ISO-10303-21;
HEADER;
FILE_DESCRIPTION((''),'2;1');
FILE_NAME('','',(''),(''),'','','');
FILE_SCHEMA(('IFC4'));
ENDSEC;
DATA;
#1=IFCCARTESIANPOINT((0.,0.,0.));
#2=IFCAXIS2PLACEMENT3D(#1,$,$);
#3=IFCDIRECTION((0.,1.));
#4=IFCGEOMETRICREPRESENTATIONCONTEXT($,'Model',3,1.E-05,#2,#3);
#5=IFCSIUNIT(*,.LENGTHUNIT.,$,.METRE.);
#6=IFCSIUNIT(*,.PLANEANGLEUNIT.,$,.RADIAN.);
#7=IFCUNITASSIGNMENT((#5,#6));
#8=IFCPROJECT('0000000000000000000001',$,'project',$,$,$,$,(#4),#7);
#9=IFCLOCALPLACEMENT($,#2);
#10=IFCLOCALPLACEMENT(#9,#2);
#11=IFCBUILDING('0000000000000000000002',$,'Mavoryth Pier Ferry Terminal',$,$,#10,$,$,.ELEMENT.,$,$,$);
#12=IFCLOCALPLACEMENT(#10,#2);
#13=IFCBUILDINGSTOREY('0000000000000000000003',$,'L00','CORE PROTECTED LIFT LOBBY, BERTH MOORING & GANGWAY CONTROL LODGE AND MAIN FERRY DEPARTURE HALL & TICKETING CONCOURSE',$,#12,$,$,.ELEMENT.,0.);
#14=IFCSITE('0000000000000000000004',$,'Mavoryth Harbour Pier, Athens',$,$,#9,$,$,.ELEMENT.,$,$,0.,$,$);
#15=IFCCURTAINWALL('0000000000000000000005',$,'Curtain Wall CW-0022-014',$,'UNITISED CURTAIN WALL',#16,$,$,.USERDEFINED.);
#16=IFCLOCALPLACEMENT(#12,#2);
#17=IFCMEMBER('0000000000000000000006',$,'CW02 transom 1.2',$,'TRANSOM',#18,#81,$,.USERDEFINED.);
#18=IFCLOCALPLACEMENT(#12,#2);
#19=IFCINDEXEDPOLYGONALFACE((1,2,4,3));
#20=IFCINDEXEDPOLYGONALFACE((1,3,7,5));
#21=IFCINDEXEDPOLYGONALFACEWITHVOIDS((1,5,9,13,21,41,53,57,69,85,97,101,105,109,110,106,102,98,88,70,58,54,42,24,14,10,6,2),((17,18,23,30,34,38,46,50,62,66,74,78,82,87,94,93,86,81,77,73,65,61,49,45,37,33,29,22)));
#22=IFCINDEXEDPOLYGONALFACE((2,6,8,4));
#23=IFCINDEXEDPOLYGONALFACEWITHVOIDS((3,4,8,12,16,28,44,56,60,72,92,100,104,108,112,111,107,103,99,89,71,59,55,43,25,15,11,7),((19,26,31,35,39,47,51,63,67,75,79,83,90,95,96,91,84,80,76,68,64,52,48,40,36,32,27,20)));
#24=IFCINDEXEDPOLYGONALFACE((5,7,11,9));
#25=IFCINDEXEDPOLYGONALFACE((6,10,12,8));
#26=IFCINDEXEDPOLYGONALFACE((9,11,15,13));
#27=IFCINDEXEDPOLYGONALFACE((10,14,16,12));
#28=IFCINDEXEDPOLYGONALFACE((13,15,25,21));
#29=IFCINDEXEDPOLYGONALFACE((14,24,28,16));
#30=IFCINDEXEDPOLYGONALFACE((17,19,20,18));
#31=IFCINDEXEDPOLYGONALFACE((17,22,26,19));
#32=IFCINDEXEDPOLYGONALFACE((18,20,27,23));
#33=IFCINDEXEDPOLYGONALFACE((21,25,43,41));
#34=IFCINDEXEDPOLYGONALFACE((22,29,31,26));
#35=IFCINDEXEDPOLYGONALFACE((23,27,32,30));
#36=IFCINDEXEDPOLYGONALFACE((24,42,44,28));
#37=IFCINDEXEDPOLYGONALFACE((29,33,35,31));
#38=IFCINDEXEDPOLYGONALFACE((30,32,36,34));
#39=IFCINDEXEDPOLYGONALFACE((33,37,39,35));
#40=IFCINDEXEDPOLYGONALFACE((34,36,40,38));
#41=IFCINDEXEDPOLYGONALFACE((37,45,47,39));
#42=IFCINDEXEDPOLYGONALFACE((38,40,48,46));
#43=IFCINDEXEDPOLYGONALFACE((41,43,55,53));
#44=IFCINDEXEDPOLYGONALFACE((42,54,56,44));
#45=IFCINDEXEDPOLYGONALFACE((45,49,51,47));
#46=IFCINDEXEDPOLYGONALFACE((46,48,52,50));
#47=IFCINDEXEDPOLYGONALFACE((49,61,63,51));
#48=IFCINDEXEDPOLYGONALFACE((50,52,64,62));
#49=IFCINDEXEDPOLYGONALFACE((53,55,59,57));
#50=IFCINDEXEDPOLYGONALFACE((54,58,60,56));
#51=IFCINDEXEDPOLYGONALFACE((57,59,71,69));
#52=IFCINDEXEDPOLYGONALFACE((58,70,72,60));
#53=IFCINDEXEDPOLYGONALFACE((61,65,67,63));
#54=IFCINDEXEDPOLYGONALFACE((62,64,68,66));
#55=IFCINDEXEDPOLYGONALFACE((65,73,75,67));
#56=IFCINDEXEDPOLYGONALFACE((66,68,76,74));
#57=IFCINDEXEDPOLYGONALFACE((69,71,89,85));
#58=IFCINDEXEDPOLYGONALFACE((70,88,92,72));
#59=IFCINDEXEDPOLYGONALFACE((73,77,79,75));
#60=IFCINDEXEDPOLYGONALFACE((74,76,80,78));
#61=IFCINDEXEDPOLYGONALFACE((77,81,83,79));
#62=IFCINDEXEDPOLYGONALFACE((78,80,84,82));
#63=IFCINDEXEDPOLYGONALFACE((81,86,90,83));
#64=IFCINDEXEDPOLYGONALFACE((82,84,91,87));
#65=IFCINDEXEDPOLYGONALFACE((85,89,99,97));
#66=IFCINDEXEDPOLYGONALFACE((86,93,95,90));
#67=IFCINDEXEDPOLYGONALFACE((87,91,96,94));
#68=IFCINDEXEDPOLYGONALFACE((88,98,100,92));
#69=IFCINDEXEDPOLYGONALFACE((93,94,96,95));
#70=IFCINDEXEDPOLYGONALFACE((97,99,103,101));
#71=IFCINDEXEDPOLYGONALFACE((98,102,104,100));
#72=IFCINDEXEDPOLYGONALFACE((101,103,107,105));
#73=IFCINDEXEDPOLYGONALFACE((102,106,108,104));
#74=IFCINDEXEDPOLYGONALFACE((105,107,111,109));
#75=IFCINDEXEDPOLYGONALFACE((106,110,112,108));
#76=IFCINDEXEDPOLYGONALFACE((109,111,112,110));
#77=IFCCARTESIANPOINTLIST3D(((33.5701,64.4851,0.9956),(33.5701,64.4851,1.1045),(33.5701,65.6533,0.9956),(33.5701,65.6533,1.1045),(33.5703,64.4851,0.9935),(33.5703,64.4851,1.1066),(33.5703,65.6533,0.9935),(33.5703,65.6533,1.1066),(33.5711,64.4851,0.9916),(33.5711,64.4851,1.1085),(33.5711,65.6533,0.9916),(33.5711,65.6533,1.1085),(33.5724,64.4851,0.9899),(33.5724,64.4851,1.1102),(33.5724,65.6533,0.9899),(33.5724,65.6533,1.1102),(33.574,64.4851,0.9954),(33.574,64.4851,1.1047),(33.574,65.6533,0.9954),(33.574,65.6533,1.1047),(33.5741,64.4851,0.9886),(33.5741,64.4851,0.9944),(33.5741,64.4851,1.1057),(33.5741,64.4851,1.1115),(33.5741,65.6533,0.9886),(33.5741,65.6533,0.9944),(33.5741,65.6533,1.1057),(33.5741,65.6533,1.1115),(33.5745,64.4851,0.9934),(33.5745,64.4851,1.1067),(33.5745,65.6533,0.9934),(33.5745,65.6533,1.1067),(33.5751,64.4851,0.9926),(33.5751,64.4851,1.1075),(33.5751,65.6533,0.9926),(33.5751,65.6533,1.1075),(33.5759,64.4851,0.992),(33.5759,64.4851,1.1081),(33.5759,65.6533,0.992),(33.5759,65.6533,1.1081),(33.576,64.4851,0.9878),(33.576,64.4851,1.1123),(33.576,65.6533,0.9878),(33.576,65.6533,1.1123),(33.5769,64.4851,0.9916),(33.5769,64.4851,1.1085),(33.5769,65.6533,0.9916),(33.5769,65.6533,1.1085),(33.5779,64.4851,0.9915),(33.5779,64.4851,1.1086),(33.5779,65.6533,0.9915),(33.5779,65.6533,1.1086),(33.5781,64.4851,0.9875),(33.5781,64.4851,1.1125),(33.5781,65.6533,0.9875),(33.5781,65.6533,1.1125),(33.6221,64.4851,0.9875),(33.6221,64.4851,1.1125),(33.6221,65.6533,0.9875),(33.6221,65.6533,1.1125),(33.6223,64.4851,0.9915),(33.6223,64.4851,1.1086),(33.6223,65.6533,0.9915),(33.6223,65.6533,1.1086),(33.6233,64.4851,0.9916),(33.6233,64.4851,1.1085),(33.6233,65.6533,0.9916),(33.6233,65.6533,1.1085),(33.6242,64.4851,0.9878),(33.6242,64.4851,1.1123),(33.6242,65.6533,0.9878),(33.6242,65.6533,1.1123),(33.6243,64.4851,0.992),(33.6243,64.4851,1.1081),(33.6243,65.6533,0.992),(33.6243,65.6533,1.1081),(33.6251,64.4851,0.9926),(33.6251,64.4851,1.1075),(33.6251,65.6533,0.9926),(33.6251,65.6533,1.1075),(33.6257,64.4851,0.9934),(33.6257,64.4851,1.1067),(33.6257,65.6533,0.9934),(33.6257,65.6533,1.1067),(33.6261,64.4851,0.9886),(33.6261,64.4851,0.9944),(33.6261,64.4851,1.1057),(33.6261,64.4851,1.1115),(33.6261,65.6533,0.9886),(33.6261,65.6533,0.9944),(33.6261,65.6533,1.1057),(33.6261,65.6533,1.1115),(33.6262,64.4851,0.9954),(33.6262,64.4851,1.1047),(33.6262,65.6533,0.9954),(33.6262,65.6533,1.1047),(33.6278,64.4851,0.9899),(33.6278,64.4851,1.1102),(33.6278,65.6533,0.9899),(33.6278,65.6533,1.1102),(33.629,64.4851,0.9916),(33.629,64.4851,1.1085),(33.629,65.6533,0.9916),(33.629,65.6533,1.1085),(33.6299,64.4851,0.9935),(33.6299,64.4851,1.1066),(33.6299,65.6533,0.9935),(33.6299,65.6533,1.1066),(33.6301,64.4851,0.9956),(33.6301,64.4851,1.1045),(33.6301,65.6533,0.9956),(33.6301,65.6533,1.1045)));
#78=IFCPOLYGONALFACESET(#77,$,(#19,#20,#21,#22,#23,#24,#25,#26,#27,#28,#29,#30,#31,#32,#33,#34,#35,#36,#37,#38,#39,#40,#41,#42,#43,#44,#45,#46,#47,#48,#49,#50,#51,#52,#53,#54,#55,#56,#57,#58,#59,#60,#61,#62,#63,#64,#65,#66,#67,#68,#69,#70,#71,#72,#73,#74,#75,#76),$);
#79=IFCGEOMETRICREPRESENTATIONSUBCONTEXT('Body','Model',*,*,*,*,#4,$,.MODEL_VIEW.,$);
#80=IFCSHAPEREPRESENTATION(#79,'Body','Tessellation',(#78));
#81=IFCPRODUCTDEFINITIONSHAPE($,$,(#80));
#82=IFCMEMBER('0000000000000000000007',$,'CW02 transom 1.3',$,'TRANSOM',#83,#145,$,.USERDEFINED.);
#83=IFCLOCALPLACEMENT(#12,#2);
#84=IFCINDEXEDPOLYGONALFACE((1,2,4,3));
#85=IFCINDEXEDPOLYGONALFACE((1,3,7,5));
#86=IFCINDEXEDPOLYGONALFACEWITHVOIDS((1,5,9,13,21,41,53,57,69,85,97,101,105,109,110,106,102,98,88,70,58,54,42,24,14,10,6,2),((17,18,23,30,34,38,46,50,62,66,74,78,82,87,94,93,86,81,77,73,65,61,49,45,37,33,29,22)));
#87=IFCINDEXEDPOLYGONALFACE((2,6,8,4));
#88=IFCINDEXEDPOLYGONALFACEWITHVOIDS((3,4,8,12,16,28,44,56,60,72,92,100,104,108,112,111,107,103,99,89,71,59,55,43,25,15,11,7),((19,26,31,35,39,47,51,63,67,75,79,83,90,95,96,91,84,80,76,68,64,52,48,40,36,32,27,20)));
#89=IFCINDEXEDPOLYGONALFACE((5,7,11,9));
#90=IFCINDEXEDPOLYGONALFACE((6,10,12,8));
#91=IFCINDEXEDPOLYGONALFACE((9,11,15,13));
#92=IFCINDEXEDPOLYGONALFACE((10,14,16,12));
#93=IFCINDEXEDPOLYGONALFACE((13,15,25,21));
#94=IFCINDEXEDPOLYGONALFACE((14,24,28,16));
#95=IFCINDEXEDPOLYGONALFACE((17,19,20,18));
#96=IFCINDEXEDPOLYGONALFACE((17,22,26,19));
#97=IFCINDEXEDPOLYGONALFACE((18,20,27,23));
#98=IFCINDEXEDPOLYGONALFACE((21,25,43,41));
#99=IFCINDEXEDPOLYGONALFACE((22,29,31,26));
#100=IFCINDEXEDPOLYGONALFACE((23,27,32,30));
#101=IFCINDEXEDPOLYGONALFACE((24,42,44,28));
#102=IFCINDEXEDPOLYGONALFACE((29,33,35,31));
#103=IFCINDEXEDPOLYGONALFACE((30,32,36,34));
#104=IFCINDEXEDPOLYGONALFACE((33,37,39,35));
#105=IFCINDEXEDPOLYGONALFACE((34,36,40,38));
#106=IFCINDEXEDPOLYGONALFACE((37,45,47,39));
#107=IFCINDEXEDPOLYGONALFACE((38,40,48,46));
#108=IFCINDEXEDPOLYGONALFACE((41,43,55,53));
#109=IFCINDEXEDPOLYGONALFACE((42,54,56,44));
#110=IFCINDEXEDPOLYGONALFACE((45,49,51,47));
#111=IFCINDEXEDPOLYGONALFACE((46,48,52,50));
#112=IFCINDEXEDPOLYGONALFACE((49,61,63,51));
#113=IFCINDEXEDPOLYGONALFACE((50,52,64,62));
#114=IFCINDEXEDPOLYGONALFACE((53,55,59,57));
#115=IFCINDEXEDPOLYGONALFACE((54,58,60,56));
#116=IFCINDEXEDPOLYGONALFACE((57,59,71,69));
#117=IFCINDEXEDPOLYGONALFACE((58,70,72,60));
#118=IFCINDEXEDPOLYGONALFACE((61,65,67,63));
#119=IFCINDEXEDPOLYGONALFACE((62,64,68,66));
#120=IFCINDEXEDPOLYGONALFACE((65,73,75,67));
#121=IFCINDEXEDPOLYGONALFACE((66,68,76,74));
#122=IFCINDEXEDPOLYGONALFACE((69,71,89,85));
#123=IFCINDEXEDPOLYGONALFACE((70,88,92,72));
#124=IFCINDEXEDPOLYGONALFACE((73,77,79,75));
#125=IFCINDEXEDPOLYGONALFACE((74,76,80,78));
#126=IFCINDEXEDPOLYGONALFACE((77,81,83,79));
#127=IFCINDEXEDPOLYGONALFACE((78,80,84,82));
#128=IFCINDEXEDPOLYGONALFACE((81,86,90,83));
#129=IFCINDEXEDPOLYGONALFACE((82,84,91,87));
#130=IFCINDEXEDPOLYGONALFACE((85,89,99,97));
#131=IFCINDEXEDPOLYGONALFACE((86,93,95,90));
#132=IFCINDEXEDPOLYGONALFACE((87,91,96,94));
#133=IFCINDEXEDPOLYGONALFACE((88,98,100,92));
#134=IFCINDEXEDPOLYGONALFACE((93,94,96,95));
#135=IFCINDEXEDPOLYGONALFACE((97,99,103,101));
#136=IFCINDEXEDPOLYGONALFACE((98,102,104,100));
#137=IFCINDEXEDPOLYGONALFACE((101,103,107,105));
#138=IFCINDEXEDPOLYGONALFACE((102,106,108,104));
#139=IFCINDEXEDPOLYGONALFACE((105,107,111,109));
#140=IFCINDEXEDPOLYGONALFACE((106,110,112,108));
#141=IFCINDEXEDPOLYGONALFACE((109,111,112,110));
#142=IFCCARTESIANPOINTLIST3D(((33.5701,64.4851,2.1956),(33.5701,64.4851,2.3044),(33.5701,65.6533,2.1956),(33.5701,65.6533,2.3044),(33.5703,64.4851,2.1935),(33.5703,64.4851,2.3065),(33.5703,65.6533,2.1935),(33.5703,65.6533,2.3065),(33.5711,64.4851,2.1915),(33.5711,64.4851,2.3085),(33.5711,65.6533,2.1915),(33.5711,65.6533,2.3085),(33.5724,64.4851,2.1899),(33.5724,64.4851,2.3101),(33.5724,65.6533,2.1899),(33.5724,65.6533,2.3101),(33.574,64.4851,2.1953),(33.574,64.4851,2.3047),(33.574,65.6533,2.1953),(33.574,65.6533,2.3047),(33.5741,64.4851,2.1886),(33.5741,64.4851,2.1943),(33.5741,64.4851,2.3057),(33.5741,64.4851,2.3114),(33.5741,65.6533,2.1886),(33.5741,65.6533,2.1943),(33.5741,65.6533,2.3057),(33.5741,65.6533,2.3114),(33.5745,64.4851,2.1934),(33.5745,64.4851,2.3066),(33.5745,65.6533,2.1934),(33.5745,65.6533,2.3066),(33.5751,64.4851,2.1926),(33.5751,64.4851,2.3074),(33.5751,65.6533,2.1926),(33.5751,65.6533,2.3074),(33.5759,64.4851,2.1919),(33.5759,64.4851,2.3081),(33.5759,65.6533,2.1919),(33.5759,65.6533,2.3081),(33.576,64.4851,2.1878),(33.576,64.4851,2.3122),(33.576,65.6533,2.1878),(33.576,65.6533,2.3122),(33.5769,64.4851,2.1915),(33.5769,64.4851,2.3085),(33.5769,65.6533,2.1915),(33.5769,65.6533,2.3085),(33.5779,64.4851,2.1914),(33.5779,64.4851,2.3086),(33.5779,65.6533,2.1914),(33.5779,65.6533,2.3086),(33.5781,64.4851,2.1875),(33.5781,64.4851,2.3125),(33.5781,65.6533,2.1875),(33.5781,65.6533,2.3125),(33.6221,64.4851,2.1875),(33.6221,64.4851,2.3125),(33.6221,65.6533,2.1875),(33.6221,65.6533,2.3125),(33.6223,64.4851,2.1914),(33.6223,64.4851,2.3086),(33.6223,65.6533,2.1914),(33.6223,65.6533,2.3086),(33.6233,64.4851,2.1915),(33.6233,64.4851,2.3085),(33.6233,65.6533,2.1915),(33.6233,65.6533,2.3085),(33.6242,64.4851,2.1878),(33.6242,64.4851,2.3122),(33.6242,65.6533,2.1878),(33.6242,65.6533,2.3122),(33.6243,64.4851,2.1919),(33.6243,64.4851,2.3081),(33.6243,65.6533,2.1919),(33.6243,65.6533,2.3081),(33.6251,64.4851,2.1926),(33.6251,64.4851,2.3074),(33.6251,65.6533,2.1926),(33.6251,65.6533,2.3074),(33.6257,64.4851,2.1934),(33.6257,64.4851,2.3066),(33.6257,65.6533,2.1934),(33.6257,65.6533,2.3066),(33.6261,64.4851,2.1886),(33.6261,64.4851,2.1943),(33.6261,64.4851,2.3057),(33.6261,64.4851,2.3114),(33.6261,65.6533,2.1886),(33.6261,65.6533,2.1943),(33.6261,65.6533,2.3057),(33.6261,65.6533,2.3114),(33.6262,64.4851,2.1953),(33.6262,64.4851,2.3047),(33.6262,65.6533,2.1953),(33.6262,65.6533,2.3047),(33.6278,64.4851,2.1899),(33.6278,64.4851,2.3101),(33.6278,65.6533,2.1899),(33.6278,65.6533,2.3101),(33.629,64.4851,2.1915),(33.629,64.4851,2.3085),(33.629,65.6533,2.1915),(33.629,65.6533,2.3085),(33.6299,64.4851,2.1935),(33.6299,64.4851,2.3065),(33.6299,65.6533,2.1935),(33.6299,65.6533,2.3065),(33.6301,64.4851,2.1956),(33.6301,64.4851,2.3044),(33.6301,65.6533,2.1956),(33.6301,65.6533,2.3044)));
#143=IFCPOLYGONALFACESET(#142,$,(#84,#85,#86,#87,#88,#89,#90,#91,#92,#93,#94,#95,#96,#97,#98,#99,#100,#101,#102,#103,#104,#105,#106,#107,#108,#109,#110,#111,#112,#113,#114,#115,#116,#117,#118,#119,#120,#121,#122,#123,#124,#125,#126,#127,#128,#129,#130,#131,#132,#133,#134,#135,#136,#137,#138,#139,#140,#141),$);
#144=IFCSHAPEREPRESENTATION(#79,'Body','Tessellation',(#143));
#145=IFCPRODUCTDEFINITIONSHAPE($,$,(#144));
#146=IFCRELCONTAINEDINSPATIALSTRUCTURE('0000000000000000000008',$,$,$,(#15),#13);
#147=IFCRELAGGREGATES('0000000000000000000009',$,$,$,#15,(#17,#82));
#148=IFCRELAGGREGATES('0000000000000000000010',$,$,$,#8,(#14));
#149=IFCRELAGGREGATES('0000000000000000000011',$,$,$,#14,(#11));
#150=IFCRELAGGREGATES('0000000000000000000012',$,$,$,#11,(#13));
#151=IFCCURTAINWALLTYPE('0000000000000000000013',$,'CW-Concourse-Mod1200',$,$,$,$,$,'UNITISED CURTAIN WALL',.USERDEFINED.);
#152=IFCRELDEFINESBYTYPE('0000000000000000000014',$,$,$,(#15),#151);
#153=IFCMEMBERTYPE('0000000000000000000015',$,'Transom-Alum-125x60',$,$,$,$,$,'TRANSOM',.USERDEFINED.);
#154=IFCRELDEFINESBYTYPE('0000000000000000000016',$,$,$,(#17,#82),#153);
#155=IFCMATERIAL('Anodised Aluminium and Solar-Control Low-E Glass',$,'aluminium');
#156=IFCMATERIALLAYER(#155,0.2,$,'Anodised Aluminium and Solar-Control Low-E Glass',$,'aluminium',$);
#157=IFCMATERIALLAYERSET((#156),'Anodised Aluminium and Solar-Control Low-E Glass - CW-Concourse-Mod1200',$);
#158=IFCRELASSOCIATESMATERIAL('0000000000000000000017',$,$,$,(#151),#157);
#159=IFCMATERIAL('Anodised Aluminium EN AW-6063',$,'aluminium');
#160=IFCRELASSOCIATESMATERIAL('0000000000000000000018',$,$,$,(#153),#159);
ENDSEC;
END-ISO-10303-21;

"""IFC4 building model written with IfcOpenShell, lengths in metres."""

from ifc_helpers import new_model, si_unit, direction, frame, origin, origin_2d, place, context, subcontext, project, spatial, hollow_rectangle, extrude, material, layer, layer_set, material_profile, profile_set, type_object, element, aggregate, save


model = new_model("IFC4")

# Units and contexts
model_context = context("Model", 3, precision=1e-05, world=origin(), true_north=direction((0.0, 1.0)))
body_context = subcontext(model_context, "Body", "Model", "MODEL_VIEW")
ifc_project = project(units=[si_unit("LENGTHUNIT", "METRE"), si_unit("PLANEANGLEUNIT", "RADIAN")], contexts=[model_context])

# Site, building, storey
site_placement = place(None, origin())
site = spatial("IfcSite", under=ifc_project, at=site_placement, Name="Mavoryth Harbour Pier, Athens", CompositionType="ELEMENT", RefElevation=0.0)
building_placement = place(site_placement, origin())
building = spatial("IfcBuilding", under=site, at=building_placement, Name="Mavoryth Pier Ferry Terminal", CompositionType="ELEMENT")
storey_placement = place(building_placement, origin())
storey = spatial("IfcBuildingStorey", under=building, at=storey_placement, Name="L00", Description="CORE PROTECTED LIFT LOBBY, BERTH MOORING & GANGWAY CONTROL LODGE AND MAIN FERRY DEPARTURE HALL & TICKETING CONCOURSE", CompositionType="ELEMENT", Elevation=0.0)

# Shared definitions
ifc_material_1 = material(Name="Anodised Aluminium and Solar-Control Low-E Glass", Category="aluminium")
ifc_layer_1 = layer(ifc_material_1, 0.2, Name="Anodised Aluminium and Solar-Control Low-E Glass", Category="aluminium")
ifc_layer_set_1 = layer_set([ifc_layer_1], Name="Anodised Aluminium and Solar-Control Low-E Glass - CW-Concourse-Mod1200")
curtain_wall_type = type_object("IfcCurtainWallType", Name="CW-Concourse-Mod1200", ElementType="UNITISED CURTAIN WALL", PredefinedType="USERDEFINED", material=ifc_layer_set_1)
ifc_material_2 = material(Name="Anodised Aluminium EN AW-6063", Category="aluminium")

# Curtain wall, members
curtain_wall_1_placement = place(storey_placement, origin())
curtain_wall_1 = element("IfcCurtainWall", 1, at=curtain_wall_1_placement, inside=storey, type_object=curtain_wall_type, Name="Curtain Wall CW-0022-014", ObjectType="UNITISED CURTAIN WALL", PredefinedType="USERDEFINED")
ifc_material_profile_1 = material_profile(ifc_material_2, hollow_rectangle(XDim=0.0601, YDim=0.125, WallThickness=0.0039, InnerFilletRadius=0.0039, OuterFilletRadius=0.0081, at=origin_2d()), Name="AL-TRAN 125x60x4", Category="aluminium")
ifc_profile_set_1 = profile_set([ifc_material_profile_1], Name="Anodised Aluminium EN AW-6063 - AL-TRAN 125x60x4")
member_type_1 = type_object("IfcMemberType", Name="Transom-Alum-125x60", ElementType="TRANSOM", PredefinedType="USERDEFINED", material=ifc_profile_set_1)
member_1_placement = place(storey_placement, frame((33.6001, 64.4851, 1.05), z_axis=(0.0, 1.0, 0.0), x_axis=(-1.0, 0.0, 0.0)))
member_1 = element("IfcMember", 2, at=member_1_placement, type_object=member_type_1, Name="CW02 transom 1.2", ObjectType="TRANSOM", PredefinedType="USERDEFINED", context=body_context, shape_type="SweptSolid", body=[
    extrude(hollow_rectangle(XDim=0.0601, YDim=0.125, WallThickness=0.0039, InnerFilletRadius=0.0039, OuterFilletRadius=0.0081, at=origin_2d()), origin(), (0.0, 0.0, 1.0), 1.1682),
])
member_2_placement = place(storey_placement, frame((33.6001, 64.4851, 2.25), z_axis=(0.0, 1.0, 0.0), x_axis=(-1.0, 0.0, 0.0)))
member_2 = element("IfcMember", 3, at=member_2_placement, type_object=member_type_1, Name="CW02 transom 1.3", ObjectType="TRANSOM", PredefinedType="USERDEFINED", context=body_context, shape_type="SweptSolid", body=[
    extrude(hollow_rectangle(XDim=0.0601, YDim=0.125, WallThickness=0.0039, InnerFilletRadius=0.0039, OuterFilletRadius=0.0081, at=origin_2d()), origin(), (0.0, 0.0, 1.0), 1.1682),
])

aggregate(curtain_wall_1, [member_1, member_2])

save(model, "model.ifc")
